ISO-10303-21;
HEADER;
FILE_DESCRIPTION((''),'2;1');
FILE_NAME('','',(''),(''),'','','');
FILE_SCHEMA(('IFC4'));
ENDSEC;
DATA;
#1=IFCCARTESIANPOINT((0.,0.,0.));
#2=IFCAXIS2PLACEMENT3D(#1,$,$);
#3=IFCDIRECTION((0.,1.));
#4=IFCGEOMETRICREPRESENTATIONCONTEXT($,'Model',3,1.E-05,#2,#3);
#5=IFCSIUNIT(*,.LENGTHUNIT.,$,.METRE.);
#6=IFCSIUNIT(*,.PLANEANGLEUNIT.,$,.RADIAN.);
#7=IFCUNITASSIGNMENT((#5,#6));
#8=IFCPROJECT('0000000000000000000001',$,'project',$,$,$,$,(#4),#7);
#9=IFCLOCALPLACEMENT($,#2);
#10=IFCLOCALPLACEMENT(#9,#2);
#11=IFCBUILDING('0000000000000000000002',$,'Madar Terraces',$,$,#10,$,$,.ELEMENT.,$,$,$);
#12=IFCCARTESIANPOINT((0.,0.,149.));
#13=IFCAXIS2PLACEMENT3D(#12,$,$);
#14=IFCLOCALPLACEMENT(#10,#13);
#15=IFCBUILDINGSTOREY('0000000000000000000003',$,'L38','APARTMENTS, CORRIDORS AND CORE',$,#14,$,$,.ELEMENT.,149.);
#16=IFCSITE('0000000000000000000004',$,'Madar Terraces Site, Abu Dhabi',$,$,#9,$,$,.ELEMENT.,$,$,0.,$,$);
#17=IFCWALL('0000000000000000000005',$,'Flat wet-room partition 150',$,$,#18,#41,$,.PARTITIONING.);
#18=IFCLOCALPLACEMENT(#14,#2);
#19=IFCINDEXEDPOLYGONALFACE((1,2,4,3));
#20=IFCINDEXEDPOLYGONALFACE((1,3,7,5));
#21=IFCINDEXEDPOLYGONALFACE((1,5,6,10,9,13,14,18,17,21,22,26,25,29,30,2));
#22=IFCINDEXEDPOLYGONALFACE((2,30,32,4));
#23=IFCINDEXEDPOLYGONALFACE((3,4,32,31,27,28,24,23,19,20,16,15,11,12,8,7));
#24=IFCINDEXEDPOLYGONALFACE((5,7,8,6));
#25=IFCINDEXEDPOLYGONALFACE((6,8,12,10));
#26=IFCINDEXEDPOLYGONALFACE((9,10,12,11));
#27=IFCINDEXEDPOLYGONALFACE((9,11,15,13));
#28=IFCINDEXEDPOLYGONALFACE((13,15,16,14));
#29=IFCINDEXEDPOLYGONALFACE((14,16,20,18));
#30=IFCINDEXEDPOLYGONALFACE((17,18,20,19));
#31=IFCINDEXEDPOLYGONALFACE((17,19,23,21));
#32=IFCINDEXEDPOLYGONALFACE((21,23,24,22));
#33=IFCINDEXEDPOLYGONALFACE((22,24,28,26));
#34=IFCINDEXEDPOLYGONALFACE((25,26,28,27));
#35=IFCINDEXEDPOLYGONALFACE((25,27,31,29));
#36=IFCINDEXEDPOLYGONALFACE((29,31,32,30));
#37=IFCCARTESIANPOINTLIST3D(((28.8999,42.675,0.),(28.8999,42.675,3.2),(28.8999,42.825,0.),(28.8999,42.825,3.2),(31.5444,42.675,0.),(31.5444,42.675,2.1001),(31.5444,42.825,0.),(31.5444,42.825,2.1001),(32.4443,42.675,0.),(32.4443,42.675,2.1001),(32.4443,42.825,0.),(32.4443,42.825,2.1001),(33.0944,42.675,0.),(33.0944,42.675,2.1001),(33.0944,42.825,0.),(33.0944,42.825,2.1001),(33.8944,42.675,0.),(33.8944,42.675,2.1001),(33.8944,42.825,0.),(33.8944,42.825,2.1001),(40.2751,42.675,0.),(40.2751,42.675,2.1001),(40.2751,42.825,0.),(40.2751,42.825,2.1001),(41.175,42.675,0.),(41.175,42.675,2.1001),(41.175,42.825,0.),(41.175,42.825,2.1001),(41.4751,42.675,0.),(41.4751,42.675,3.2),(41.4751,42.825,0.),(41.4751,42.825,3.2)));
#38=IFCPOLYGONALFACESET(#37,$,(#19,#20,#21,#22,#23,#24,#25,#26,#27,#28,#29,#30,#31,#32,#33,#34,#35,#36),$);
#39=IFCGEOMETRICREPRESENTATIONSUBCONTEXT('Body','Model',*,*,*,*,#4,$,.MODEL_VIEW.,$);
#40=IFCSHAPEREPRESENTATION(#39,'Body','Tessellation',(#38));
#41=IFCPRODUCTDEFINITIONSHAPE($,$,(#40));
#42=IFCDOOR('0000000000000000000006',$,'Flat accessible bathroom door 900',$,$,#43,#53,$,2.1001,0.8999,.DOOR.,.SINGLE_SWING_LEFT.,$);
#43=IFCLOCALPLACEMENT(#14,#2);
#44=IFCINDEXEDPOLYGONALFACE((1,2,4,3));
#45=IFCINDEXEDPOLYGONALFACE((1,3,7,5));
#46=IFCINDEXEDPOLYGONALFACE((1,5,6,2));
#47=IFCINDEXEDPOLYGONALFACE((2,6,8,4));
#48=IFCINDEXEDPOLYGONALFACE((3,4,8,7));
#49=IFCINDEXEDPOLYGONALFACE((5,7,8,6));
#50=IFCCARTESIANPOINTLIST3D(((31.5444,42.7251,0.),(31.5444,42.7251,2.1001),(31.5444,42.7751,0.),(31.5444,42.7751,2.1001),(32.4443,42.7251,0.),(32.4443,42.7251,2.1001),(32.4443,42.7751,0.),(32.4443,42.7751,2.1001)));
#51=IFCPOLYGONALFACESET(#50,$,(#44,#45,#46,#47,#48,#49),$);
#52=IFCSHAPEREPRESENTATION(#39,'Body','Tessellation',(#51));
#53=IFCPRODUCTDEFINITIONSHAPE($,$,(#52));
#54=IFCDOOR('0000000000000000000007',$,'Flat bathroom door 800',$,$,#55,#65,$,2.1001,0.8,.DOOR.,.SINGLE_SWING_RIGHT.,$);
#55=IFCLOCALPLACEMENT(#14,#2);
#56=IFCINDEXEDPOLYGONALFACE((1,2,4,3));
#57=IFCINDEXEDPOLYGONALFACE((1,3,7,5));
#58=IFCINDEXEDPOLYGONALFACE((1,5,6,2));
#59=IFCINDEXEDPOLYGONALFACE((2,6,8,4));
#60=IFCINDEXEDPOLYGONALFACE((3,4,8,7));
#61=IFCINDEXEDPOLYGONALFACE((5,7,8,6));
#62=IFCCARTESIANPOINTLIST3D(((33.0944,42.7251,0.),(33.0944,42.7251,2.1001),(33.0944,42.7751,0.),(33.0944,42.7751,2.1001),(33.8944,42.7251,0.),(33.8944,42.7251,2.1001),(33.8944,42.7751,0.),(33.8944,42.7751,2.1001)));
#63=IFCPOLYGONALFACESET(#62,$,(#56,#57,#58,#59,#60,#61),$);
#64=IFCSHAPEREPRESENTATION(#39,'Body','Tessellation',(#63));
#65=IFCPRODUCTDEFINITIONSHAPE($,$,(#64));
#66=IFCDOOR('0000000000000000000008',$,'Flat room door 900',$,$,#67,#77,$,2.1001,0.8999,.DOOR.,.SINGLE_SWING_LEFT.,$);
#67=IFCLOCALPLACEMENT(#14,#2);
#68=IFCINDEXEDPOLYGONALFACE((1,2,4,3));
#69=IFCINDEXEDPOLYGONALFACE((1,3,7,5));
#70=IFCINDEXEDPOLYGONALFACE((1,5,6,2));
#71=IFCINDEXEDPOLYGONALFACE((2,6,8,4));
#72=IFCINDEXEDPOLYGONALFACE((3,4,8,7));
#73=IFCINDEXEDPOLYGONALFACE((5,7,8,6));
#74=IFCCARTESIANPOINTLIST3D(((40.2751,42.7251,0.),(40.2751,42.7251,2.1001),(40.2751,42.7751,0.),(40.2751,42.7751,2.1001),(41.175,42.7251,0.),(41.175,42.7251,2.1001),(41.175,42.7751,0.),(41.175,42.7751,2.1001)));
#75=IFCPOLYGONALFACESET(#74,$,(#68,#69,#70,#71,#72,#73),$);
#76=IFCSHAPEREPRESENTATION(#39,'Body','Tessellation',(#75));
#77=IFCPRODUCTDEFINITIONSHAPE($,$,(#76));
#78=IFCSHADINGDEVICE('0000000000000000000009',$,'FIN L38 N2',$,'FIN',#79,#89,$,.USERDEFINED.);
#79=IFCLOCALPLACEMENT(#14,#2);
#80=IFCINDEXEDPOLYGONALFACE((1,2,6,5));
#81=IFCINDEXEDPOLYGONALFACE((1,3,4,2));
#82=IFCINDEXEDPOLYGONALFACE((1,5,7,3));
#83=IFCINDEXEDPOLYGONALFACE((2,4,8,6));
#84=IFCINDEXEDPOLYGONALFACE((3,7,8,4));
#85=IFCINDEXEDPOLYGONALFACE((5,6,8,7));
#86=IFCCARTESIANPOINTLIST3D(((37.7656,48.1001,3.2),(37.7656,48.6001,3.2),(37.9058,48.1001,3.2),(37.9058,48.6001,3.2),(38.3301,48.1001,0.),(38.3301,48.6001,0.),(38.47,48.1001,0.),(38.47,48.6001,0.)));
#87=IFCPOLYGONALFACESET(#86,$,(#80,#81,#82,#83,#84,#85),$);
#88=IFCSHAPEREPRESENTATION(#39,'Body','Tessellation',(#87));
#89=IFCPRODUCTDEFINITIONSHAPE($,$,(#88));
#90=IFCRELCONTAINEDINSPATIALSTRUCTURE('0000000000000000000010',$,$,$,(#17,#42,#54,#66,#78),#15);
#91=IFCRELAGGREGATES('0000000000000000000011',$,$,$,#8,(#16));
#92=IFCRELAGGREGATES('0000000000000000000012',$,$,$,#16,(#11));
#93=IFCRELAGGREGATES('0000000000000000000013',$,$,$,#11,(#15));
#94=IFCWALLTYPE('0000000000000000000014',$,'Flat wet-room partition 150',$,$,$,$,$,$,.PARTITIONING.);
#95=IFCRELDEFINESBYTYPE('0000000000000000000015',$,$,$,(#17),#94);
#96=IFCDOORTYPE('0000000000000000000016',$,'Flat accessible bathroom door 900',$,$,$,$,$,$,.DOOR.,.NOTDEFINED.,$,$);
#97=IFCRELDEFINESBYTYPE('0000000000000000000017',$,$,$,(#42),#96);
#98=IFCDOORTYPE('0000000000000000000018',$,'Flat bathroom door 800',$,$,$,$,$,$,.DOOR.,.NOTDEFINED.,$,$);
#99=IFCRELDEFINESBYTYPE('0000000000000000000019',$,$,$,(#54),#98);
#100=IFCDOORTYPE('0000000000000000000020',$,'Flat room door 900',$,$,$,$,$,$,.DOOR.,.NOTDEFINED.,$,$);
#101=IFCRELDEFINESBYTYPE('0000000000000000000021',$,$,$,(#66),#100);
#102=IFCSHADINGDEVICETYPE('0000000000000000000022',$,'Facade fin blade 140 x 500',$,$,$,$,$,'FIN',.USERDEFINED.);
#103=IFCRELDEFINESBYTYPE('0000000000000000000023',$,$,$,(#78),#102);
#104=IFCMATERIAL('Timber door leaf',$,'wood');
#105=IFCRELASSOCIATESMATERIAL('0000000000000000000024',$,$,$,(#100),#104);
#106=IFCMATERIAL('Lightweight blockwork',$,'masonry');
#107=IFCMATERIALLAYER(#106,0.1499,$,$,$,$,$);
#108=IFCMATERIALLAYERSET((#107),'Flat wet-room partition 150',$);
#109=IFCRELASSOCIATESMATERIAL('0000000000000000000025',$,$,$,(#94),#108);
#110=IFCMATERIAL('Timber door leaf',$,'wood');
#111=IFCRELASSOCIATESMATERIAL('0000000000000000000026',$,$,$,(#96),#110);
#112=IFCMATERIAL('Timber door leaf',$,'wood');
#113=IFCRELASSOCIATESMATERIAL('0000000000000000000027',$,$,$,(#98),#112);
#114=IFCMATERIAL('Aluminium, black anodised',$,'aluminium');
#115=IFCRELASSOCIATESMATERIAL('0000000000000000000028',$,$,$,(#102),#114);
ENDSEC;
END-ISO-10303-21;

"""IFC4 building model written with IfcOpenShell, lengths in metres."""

from ifc_helpers import new_model, si_unit, direction, frame, frame_2d, origin, place, context, subcontext, project, spatial, polyline, rectangle, outline, extrude, material, layer, layer_set, type_object, element, fill, save


model = new_model("IFC4")

# Units and contexts
model_context = context("Model", 3, precision=1e-05, world=origin(), true_north=direction((0.0, 1.0)))
body_context = subcontext(model_context, "Body", "Model", "MODEL_VIEW")
ifc_project = project(units=[si_unit("LENGTHUNIT", "METRE"), si_unit("PLANEANGLEUNIT", "RADIAN")], contexts=[model_context])

# Site, building, storey
site_placement = place(None, origin())
site = spatial("IfcSite", under=ifc_project, at=site_placement, Name="Madar Terraces Site, Abu Dhabi", CompositionType="ELEMENT", RefElevation=0.0)
building_placement = place(site_placement, origin())
building = spatial("IfcBuilding", under=site, at=building_placement, Name="Madar Terraces", CompositionType="ELEMENT")
storey_placement = place(building_placement, frame((0.0, 0.0, 149.0)))
storey = spatial("IfcBuildingStorey", under=building, at=storey_placement, Name="L38", Description="APARTMENTS, CORRIDORS AND CORE", CompositionType="ELEMENT", Elevation=149.0)

# Shared definitions
ifc_material_1 = material(Name="Timber door leaf", Category="wood")
door_type_1 = type_object("IfcDoorType", Name="Flat room door 900", OperationType="NOTDEFINED", PredefinedType="DOOR", material=ifc_material_1)

# Shared definitions
ifc_material_2 = material(Name="Lightweight blockwork", Category="masonry")
ifc_layer_1 = layer(ifc_material_2, 0.1499)
ifc_layer_set_1 = layer_set([ifc_layer_1], Name="Flat wet-room partition 150")
wall_type_1 = type_object("IfcWallType", Name="Flat wet-room partition 150", PredefinedType="PARTITIONING", material=ifc_layer_set_1)

# Wall, openings, doors
wall_1_placement = place(storey_placement, frame((41.4751, 42.75, 0.0), z_axis=(0.0, 0.0, 1.0), x_axis=(-1.0, 0.0, 0.0)))
wall_1 = element("IfcWall", 1, at=wall_1_placement, inside=storey, type_object=wall_type_1, Name="Flat wet-room partition 150", PredefinedType="PARTITIONING", context=body_context, shape_type="SweptSolid", body=[
    extrude(rectangle(XDim=12.5752, YDim=0.1499, at=frame_2d((6.2876, 0.0))), origin(), (0.0, 0.0, 1.0), 3.2),
])
opening_1_placement = place(wall_1_placement, frame((0.3, 0.0, 0.0)))
opening_1 = element("IfcOpeningElement", 2, at=opening_1_placement, cuts=wall_1, PredefinedType="OPENING", context=body_context, shape_type="SweptSolid", body=[
    extrude(rectangle(XDim=0.8999, YDim=2.1001, at=frame_2d((0.45, 1.05))), frame((0.0, 0.085, 0.0), z_axis=(0.0, -1.0, 0.0), x_axis=(1.0, 0.0, 0.0)), (0.0, 0.0, 1.0), 0.1699),
])
opening_2_placement = place(wall_1_placement, frame((7.5808, 0.0, 0.0)))
opening_2 = element("IfcOpeningElement", 3, at=opening_2_placement, cuts=wall_1, PredefinedType="OPENING", context=body_context, shape_type="SweptSolid", body=[
    extrude(rectangle(XDim=0.8, YDim=2.1001, at=frame_2d((0.3999, 1.05))), frame((0.0, 0.085, 0.0), z_axis=(0.0, -1.0, 0.0), x_axis=(1.0, 0.0, 0.0)), (0.0, 0.0, 1.0), 0.1699),
])
opening_3_placement = place(wall_1_placement, frame((9.0308, 0.0, 0.0)))
opening_3 = element("IfcOpeningElement", 4, at=opening_3_placement, cuts=wall_1, PredefinedType="OPENING", context=body_context, shape_type="SweptSolid", body=[
    extrude(rectangle(XDim=0.8999, YDim=2.1001, at=frame_2d((0.45, 1.05))), frame((0.0, 0.085, 0.0), z_axis=(0.0, -1.0, 0.0), x_axis=(1.0, 0.0, 0.0)), (0.0, 0.0, 1.0), 0.1699),
])
ifc_material_3 = material(Name="Timber door leaf", Category="wood")
door_type_2 = type_object("IfcDoorType", Name="Flat accessible bathroom door 900", OperationType="NOTDEFINED", PredefinedType="DOOR", material=ifc_material_3)
door_1_placement = place(opening_3_placement, origin())
door_1 = element("IfcDoor", 5, at=door_1_placement, inside=storey, type_object=door_type_2, Name="Flat accessible bathroom door 900", OperationType="SINGLE_SWING_LEFT", OverallHeight=2.1001, OverallWidth=0.8999, PredefinedType="DOOR", context=body_context, shape_type="SweptSolid", body=[
    extrude(rectangle(XDim=0.8999, YDim=2.1001, at=frame_2d((0.45, 1.05))), frame((0.0, 0.0249, 0.0), z_axis=(0.0, -1.0, 0.0), x_axis=(1.0, 0.0, 0.0)), (0.0, 0.0, 1.0), 0.05),
])
fill(opening_3, door_1)
ifc_material_4 = material(Name="Timber door leaf", Category="wood")
door_type_3 = type_object("IfcDoorType", Name="Flat bathroom door 800", OperationType="NOTDEFINED", PredefinedType="DOOR", material=ifc_material_4)
door_2_placement = place(opening_2_placement, origin())
door_2 = element("IfcDoor", 6, at=door_2_placement, inside=storey, type_object=door_type_3, Name="Flat bathroom door 800", OperationType="SINGLE_SWING_RIGHT", OverallHeight=2.1001, OverallWidth=0.8, PredefinedType="DOOR", context=body_context, shape_type="SweptSolid", body=[
    extrude(rectangle(XDim=0.8, YDim=2.1001, at=frame_2d((0.3999, 1.05))), frame((0.0, 0.0249, 0.0), z_axis=(0.0, -1.0, 0.0), x_axis=(1.0, 0.0, 0.0)), (0.0, 0.0, 1.0), 0.05),
])
fill(opening_2, door_2)
door_3_placement = place(opening_1_placement, origin())
door_3 = element("IfcDoor", 7, at=door_3_placement, inside=storey, type_object=door_type_1, Name="Flat room door 900", OperationType="SINGLE_SWING_LEFT", OverallHeight=2.1001, OverallWidth=0.8999, PredefinedType="DOOR", context=body_context, shape_type="SweptSolid", body=[
    extrude(rectangle(XDim=0.8999, YDim=2.1001, at=frame_2d((0.45, 1.05))), frame((0.0, 0.0249, 0.0), z_axis=(0.0, -1.0, 0.0), x_axis=(1.0, 0.0, 0.0)), (0.0, 0.0, 1.0), 0.05),
])
fill(opening_1, door_3)

# Shading device
ifc_material_5 = material(Name="Aluminium, black anodised", Category="aluminium")
shading_device_type = type_object("IfcShadingDeviceType", Name="Facade fin blade 140 x 500", ElementType="FIN", PredefinedType="USERDEFINED", material=ifc_material_5)
shading_device_placement = place(storey_placement, frame((38.47, 48.3501, 0.0), z_axis=(0.0, 0.0, 1.0), x_axis=(-1.0, 0.0, 0.0)))
element("IfcShadingDevice", 8, at=shading_device_placement, inside=storey, type_object=shading_device_type, Name="FIN L38 N2", ObjectType="FIN", PredefinedType="USERDEFINED", context=body_context, shape_type="SweptSolid", body=[
    extrude(outline(polyline([(0.0, 0.0), (0.1399, 0.0), (0.7043, 3.2), (0.5642, 3.2), (0.0, 0.0)])), frame((0.0, 0.25, 0.0), z_axis=(0.0, -1.0, 0.0), x_axis=(1.0, 0.0, 0.0)), (0.0, 0.0, 1.0), 0.5),
])

save(model, "model.ifc")
